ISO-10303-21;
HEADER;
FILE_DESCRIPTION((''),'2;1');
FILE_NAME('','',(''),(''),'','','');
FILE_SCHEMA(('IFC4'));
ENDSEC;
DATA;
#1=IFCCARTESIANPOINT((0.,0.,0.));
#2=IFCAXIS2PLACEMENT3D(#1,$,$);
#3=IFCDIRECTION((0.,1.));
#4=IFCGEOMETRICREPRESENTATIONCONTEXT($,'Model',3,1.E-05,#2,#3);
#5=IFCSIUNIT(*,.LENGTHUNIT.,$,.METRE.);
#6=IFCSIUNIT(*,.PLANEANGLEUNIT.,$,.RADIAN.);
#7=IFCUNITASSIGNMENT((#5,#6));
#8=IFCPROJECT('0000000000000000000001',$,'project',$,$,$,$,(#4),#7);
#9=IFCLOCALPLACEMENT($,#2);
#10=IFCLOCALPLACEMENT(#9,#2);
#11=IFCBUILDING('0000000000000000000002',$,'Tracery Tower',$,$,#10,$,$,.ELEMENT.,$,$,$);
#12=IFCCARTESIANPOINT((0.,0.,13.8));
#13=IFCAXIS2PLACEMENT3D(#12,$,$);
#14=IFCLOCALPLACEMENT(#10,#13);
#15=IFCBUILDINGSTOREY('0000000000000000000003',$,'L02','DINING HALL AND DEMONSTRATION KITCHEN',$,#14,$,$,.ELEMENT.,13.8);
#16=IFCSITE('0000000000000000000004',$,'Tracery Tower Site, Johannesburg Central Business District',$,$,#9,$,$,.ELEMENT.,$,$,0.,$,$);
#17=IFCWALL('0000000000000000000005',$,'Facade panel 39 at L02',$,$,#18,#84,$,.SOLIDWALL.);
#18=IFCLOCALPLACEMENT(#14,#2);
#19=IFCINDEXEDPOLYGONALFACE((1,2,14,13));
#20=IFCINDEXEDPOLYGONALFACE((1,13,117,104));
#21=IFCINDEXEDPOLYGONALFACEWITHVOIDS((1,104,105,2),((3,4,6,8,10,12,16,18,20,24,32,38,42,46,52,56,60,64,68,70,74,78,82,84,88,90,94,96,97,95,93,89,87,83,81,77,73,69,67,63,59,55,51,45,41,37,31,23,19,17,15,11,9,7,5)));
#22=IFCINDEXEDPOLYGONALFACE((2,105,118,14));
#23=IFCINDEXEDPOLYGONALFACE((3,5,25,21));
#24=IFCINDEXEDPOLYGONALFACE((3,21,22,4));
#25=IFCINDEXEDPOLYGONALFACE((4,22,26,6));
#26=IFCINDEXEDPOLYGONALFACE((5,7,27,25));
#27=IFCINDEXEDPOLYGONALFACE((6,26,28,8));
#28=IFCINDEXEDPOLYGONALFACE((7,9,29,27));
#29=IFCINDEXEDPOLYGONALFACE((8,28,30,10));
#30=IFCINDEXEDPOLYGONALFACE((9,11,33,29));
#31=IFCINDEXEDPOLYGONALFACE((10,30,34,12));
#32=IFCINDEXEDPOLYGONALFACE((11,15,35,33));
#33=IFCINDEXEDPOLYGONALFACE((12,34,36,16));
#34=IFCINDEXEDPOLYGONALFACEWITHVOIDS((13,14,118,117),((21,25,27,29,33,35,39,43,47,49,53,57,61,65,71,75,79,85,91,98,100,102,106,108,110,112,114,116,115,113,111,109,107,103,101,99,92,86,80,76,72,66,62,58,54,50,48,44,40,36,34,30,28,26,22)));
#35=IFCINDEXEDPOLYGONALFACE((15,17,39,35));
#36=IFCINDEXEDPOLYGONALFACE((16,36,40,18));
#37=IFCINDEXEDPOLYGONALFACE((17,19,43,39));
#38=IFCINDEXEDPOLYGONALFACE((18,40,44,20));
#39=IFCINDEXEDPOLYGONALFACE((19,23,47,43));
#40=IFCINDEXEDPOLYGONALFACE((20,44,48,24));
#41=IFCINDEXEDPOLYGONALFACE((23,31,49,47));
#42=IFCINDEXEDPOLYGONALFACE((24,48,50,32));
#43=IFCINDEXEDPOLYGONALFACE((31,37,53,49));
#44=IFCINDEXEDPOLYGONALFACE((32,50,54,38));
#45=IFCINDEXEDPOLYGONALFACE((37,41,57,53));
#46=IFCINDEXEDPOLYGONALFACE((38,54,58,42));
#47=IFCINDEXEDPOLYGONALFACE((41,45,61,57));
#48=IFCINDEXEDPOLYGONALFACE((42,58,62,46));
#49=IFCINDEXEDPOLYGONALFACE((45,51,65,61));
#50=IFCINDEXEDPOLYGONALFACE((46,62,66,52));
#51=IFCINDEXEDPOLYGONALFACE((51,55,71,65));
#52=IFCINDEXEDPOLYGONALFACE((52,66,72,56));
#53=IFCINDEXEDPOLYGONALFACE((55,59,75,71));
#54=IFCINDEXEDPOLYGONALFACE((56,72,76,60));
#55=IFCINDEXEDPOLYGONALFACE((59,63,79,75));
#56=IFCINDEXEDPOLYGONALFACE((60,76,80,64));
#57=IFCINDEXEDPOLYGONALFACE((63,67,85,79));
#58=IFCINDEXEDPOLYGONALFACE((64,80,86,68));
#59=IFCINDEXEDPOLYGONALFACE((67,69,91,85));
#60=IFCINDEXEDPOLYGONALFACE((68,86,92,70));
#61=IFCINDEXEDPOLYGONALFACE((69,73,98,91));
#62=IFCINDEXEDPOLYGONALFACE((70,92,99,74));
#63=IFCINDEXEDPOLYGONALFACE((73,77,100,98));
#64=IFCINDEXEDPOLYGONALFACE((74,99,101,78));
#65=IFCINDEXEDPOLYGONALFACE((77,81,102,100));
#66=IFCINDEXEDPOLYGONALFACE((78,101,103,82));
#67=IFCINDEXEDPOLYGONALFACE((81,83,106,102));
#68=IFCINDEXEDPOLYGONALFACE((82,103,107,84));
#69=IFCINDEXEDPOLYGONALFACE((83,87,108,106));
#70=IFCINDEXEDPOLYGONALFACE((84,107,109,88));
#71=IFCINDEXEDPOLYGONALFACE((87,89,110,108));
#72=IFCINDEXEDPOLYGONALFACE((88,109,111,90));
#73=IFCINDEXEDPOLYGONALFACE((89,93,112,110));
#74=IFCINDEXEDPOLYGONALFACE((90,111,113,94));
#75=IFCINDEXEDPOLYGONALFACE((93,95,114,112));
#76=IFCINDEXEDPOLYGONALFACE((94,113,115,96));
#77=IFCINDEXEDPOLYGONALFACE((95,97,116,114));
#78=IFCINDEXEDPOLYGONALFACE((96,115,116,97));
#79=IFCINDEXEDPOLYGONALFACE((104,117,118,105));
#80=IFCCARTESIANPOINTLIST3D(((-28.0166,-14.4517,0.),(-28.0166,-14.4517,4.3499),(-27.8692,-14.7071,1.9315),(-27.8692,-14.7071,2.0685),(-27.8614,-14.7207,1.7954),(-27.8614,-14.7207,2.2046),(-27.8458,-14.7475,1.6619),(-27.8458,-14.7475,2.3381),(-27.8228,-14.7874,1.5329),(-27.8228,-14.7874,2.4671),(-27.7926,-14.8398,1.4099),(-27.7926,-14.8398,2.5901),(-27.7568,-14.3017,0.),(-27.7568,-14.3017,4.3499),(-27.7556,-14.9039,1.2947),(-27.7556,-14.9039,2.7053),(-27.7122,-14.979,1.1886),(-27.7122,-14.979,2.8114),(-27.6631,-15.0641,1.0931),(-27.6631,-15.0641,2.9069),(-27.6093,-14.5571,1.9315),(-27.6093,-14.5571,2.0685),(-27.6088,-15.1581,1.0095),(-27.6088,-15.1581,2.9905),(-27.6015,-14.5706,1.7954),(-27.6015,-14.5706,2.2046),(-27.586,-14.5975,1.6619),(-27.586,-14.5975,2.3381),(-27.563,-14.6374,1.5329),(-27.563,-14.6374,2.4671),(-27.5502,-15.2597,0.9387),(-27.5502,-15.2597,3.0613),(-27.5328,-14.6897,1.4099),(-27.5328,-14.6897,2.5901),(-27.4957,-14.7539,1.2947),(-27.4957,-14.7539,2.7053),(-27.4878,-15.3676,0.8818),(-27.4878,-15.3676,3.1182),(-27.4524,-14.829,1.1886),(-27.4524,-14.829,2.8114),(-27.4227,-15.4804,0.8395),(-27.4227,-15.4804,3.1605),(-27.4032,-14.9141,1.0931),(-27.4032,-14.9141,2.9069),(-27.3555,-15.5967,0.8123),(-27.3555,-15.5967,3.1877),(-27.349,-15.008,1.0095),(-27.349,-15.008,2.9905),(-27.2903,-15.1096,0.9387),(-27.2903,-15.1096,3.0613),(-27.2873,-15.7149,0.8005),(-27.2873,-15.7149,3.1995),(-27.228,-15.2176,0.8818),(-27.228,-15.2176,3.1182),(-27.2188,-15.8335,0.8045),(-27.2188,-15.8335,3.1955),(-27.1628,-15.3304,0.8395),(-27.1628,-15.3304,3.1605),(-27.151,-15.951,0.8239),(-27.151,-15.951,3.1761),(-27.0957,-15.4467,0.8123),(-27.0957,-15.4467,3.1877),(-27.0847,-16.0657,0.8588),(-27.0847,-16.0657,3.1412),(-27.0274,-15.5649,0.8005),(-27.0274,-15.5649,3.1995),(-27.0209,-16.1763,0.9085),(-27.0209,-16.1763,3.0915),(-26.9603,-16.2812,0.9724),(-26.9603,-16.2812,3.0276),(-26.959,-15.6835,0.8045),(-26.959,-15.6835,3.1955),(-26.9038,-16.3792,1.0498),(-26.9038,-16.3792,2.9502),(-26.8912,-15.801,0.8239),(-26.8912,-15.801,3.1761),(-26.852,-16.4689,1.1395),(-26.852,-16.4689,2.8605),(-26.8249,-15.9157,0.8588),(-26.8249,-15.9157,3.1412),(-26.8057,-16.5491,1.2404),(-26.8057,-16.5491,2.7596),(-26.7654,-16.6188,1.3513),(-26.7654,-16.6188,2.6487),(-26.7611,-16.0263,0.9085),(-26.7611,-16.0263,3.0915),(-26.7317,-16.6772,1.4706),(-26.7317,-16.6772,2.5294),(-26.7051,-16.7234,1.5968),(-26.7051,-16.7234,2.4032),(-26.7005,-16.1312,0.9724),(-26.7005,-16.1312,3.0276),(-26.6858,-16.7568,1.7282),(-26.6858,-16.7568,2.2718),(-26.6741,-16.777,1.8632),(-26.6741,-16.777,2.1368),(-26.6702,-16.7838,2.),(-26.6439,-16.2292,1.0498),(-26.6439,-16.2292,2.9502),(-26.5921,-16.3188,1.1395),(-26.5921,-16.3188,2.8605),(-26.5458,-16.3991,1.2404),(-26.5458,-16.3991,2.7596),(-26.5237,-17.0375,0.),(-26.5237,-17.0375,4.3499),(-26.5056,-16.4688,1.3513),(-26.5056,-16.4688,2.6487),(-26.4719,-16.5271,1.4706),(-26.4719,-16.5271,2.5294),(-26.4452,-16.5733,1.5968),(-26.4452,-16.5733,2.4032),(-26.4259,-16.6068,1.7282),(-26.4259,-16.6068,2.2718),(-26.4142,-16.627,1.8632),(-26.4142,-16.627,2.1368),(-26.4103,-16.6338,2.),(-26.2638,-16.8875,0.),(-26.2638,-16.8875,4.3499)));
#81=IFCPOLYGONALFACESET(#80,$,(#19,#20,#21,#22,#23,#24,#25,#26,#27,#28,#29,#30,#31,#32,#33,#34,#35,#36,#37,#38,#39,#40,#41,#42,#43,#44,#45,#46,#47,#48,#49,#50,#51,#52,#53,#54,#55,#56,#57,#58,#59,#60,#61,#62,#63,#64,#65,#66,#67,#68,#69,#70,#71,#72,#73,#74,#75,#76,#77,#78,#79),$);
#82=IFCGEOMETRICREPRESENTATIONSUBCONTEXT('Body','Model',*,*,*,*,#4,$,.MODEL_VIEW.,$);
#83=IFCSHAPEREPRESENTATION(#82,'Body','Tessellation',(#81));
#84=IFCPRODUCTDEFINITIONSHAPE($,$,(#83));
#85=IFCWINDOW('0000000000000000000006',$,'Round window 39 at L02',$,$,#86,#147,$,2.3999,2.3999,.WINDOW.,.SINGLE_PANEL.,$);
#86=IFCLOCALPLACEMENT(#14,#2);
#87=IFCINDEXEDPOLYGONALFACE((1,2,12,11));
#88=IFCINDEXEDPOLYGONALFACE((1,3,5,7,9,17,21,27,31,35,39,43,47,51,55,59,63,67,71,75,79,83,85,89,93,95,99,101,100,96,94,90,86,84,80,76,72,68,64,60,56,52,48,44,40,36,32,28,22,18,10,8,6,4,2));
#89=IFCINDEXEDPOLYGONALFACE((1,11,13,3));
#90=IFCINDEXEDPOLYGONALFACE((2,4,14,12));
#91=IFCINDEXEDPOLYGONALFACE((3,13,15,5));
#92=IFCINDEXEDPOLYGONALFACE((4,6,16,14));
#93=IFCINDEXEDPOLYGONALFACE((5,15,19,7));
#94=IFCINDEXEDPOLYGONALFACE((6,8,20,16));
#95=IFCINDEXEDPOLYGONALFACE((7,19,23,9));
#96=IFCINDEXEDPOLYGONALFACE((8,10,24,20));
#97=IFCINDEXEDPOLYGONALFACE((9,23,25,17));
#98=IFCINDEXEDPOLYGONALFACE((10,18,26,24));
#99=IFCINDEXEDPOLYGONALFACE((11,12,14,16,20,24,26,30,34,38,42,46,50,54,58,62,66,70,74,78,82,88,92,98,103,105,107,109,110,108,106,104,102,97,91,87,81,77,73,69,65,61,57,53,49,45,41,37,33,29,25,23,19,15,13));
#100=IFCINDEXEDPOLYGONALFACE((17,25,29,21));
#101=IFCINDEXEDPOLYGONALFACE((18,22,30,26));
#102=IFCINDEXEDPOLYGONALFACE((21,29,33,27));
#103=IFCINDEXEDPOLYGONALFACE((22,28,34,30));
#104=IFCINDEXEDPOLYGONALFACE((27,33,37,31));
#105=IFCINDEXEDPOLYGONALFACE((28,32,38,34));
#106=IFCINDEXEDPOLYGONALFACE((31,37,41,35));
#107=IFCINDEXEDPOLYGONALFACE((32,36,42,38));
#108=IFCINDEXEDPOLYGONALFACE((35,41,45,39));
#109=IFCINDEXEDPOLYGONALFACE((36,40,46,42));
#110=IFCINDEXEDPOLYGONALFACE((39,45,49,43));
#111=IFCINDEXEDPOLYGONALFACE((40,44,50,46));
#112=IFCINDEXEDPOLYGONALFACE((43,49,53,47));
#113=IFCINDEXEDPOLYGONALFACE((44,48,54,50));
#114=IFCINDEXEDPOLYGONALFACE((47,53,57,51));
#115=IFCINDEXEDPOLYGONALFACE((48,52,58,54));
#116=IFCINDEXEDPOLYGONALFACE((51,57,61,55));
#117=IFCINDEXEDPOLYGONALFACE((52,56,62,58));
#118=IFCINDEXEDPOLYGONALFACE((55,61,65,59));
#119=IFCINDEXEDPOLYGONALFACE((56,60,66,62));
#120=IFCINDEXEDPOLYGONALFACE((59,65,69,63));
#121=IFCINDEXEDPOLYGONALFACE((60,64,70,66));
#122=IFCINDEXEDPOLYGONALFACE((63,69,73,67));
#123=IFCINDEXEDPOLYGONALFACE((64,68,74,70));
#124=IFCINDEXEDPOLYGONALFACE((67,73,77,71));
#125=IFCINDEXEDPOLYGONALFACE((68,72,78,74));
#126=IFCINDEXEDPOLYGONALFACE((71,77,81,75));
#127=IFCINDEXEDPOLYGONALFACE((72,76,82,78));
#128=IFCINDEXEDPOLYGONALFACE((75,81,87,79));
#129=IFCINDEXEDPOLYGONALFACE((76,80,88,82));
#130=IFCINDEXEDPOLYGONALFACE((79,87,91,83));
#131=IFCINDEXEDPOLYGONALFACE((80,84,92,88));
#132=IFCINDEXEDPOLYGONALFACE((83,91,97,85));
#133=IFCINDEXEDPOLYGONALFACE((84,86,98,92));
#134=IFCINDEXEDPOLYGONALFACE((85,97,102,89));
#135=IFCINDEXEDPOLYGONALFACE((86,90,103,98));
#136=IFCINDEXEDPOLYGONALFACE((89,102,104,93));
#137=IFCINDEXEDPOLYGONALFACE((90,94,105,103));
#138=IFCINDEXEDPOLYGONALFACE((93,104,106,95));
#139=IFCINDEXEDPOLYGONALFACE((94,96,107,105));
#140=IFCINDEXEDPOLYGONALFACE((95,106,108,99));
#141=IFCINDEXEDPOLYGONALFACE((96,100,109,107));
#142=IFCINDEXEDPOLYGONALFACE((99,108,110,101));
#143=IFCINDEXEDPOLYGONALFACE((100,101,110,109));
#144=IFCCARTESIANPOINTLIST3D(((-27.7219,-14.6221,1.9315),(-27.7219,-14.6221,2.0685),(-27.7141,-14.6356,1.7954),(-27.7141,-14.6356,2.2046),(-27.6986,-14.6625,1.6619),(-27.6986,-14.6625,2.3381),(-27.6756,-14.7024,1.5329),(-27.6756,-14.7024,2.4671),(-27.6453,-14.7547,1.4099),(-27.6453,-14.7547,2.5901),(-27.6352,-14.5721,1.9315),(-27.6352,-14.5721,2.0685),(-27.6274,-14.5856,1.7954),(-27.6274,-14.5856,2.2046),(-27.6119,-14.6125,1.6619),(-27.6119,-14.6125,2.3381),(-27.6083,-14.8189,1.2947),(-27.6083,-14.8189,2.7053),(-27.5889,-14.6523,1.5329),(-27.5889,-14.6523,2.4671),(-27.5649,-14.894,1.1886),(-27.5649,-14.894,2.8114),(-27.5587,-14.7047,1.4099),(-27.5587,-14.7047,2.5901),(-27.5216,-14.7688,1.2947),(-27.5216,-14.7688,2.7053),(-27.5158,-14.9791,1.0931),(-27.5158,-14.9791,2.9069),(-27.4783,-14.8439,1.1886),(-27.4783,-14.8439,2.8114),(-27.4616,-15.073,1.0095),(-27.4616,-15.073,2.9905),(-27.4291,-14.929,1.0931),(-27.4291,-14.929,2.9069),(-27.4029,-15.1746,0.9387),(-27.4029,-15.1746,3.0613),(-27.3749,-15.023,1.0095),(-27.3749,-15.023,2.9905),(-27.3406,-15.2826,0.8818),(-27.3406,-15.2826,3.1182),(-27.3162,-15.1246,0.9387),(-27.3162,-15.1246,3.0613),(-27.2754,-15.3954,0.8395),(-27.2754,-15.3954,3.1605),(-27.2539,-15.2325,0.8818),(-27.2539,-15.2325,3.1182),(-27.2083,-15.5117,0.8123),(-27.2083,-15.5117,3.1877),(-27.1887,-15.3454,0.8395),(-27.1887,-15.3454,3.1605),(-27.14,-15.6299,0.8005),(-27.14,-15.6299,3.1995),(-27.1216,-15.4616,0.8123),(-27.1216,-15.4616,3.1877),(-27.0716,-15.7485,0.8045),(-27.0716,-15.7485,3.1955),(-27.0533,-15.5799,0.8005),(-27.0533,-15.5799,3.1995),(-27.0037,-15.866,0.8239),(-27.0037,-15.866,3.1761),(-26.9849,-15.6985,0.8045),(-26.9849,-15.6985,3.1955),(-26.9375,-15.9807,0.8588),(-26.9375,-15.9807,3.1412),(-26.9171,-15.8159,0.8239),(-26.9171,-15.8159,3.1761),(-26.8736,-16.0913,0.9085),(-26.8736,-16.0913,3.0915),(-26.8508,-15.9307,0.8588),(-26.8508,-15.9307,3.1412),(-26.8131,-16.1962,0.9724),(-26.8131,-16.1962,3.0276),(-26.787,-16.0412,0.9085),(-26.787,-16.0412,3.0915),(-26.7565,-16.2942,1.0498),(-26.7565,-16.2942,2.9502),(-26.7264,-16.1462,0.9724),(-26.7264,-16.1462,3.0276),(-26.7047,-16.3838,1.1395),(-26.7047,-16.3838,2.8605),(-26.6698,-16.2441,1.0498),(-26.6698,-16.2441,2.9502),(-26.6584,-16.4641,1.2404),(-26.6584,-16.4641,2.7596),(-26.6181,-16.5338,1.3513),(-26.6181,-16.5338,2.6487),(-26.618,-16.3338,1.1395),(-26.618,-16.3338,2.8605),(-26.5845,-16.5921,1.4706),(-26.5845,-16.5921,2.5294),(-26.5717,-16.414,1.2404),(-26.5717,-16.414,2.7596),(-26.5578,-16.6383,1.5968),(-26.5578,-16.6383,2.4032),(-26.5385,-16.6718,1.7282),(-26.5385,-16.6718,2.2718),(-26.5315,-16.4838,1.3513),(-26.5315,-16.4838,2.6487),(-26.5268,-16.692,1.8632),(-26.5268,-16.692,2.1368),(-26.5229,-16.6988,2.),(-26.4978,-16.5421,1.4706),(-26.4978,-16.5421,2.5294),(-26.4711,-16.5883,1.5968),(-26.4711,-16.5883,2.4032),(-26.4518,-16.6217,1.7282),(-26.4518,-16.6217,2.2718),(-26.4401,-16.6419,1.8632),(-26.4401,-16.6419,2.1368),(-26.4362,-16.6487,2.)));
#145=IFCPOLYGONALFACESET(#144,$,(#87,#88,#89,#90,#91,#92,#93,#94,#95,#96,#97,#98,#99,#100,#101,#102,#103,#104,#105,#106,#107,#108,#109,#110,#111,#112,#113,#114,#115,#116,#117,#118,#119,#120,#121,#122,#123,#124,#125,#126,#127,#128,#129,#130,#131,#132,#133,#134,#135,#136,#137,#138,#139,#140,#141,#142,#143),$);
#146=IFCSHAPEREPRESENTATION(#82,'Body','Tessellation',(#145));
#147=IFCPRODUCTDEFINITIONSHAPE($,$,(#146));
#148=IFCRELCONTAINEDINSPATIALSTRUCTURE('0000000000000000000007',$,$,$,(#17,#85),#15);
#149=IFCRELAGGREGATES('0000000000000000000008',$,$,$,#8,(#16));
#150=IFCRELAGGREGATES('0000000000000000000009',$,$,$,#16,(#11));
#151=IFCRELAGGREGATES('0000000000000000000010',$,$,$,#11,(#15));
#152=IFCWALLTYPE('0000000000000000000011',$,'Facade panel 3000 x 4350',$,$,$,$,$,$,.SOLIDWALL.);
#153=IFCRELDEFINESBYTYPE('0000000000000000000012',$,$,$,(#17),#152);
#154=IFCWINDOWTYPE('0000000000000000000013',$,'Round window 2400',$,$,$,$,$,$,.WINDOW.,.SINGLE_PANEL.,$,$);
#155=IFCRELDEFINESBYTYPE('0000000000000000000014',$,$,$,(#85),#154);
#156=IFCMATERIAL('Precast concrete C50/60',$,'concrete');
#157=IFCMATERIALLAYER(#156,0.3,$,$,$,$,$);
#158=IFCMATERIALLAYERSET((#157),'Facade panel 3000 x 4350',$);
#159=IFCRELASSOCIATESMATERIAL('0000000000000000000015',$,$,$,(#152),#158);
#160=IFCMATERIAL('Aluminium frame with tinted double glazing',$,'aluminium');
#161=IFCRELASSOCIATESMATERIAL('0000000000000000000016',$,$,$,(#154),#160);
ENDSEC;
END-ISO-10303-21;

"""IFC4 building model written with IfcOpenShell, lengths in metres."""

from ifc_helpers import new_model, si_unit, direction, frame, frame_2d, origin, origin_2d, place, context, subcontext, project, spatial, rectangle, circle, extrude, material, layer, layer_set, type_object, element, fill, save


model = new_model("IFC4")

# Units and contexts
model_context = context("Model", 3, precision=1e-05, world=origin(), true_north=direction((0.0, 1.0)))
body_context = subcontext(model_context, "Body", "Model", "MODEL_VIEW")
ifc_project = project(units=[si_unit("LENGTHUNIT", "METRE"), si_unit("PLANEANGLEUNIT", "RADIAN")], contexts=[model_context])

# Site, building, storey
site_placement = place(None, origin())
site = spatial("IfcSite", under=ifc_project, at=site_placement, Name="Tracery Tower Site, Johannesburg Central Business District", CompositionType="ELEMENT", RefElevation=0.0)
building_placement = place(site_placement, origin())
building = spatial("IfcBuilding", under=site, at=building_placement, Name="Tracery Tower", CompositionType="ELEMENT")
storey_placement = place(building_placement, frame((0.0, 0.0, 13.8)))
storey = spatial("IfcBuildingStorey", under=building, at=storey_placement, Name="L02", Description="DINING HALL AND DEMONSTRATION KITCHEN", CompositionType="ELEMENT", Elevation=13.8)

# Wall, opening, window
ifc_material_1 = material(Name="Precast concrete C50/60", Category="concrete")
ifc_layer_1 = layer(ifc_material_1, 0.3)
ifc_layer_set_1 = layer_set([ifc_layer_1], Name="Facade panel 3000 x 4350")
wall_type_1 = type_object("IfcWallType", Name="Facade panel 3000 x 4350", PredefinedType="SOLIDWALL", material=ifc_layer_set_1)
wall_1_placement = place(storey_placement, frame((-27.8867, -14.3767, 0.0), z_axis=(0.0, 0.0, 1.0), x_axis=(0.500017, -0.866015, 0.0)))
wall_1 = element("IfcWall", 1, at=wall_1_placement, inside=storey, type_object=wall_type_1, Name="Facade panel 39 at L02", PredefinedType="SOLIDWALL", context=body_context, shape_type="SweptSolid", body=[
    extrude(rectangle(XDim=2.9858, YDim=0.3, at=frame_2d((1.4929, 0.0))), origin(), (0.0, 0.0, 1.0), 4.3499),
])
opening_1_placement = place(wall_1_placement, frame((1.4929, 0.0, 2.0)))
opening_1 = element("IfcOpeningElement", 2, at=opening_1_placement, cuts=wall_1, PredefinedType="OPENING", context=body_context, shape_type="SweptSolid", body=[
    extrude(circle(Radius=1.2, at=origin_2d()), frame((0.0, 0.1599, 0.0), z_axis=(0.0, -1.0, 0.0), x_axis=(1.0, 0.0, 0.0)), (0.0, 0.0, 1.0), 0.3201),
])
ifc_material_2 = material(Name="Aluminium frame with tinted double glazing", Category="aluminium")
window_type = type_object("IfcWindowType", Name="Round window 2400", PartitioningType="SINGLE_PANEL", PredefinedType="WINDOW", material=ifc_material_2)
window_1_placement = place(opening_1_placement, origin())
window_1 = element("IfcWindow", 3, at=window_1_placement, inside=storey, type_object=window_type, Name="Round window 39 at L02", OverallHeight=2.3999, OverallWidth=2.3999, PartitioningType="SINGLE_PANEL", PredefinedType="WINDOW", context=body_context, shape_type="SweptSolid", body=[
    extrude(circle(Radius=1.2, at=origin_2d()), frame((0.0, 0.1201, 0.0), z_axis=(0.0, -1.0, 0.0), x_axis=(1.0, 0.0, 0.0)), (0.0, 0.0, 1.0), 0.1001),
])
fill(opening_1, window_1)

save(model, "model.ifc")
